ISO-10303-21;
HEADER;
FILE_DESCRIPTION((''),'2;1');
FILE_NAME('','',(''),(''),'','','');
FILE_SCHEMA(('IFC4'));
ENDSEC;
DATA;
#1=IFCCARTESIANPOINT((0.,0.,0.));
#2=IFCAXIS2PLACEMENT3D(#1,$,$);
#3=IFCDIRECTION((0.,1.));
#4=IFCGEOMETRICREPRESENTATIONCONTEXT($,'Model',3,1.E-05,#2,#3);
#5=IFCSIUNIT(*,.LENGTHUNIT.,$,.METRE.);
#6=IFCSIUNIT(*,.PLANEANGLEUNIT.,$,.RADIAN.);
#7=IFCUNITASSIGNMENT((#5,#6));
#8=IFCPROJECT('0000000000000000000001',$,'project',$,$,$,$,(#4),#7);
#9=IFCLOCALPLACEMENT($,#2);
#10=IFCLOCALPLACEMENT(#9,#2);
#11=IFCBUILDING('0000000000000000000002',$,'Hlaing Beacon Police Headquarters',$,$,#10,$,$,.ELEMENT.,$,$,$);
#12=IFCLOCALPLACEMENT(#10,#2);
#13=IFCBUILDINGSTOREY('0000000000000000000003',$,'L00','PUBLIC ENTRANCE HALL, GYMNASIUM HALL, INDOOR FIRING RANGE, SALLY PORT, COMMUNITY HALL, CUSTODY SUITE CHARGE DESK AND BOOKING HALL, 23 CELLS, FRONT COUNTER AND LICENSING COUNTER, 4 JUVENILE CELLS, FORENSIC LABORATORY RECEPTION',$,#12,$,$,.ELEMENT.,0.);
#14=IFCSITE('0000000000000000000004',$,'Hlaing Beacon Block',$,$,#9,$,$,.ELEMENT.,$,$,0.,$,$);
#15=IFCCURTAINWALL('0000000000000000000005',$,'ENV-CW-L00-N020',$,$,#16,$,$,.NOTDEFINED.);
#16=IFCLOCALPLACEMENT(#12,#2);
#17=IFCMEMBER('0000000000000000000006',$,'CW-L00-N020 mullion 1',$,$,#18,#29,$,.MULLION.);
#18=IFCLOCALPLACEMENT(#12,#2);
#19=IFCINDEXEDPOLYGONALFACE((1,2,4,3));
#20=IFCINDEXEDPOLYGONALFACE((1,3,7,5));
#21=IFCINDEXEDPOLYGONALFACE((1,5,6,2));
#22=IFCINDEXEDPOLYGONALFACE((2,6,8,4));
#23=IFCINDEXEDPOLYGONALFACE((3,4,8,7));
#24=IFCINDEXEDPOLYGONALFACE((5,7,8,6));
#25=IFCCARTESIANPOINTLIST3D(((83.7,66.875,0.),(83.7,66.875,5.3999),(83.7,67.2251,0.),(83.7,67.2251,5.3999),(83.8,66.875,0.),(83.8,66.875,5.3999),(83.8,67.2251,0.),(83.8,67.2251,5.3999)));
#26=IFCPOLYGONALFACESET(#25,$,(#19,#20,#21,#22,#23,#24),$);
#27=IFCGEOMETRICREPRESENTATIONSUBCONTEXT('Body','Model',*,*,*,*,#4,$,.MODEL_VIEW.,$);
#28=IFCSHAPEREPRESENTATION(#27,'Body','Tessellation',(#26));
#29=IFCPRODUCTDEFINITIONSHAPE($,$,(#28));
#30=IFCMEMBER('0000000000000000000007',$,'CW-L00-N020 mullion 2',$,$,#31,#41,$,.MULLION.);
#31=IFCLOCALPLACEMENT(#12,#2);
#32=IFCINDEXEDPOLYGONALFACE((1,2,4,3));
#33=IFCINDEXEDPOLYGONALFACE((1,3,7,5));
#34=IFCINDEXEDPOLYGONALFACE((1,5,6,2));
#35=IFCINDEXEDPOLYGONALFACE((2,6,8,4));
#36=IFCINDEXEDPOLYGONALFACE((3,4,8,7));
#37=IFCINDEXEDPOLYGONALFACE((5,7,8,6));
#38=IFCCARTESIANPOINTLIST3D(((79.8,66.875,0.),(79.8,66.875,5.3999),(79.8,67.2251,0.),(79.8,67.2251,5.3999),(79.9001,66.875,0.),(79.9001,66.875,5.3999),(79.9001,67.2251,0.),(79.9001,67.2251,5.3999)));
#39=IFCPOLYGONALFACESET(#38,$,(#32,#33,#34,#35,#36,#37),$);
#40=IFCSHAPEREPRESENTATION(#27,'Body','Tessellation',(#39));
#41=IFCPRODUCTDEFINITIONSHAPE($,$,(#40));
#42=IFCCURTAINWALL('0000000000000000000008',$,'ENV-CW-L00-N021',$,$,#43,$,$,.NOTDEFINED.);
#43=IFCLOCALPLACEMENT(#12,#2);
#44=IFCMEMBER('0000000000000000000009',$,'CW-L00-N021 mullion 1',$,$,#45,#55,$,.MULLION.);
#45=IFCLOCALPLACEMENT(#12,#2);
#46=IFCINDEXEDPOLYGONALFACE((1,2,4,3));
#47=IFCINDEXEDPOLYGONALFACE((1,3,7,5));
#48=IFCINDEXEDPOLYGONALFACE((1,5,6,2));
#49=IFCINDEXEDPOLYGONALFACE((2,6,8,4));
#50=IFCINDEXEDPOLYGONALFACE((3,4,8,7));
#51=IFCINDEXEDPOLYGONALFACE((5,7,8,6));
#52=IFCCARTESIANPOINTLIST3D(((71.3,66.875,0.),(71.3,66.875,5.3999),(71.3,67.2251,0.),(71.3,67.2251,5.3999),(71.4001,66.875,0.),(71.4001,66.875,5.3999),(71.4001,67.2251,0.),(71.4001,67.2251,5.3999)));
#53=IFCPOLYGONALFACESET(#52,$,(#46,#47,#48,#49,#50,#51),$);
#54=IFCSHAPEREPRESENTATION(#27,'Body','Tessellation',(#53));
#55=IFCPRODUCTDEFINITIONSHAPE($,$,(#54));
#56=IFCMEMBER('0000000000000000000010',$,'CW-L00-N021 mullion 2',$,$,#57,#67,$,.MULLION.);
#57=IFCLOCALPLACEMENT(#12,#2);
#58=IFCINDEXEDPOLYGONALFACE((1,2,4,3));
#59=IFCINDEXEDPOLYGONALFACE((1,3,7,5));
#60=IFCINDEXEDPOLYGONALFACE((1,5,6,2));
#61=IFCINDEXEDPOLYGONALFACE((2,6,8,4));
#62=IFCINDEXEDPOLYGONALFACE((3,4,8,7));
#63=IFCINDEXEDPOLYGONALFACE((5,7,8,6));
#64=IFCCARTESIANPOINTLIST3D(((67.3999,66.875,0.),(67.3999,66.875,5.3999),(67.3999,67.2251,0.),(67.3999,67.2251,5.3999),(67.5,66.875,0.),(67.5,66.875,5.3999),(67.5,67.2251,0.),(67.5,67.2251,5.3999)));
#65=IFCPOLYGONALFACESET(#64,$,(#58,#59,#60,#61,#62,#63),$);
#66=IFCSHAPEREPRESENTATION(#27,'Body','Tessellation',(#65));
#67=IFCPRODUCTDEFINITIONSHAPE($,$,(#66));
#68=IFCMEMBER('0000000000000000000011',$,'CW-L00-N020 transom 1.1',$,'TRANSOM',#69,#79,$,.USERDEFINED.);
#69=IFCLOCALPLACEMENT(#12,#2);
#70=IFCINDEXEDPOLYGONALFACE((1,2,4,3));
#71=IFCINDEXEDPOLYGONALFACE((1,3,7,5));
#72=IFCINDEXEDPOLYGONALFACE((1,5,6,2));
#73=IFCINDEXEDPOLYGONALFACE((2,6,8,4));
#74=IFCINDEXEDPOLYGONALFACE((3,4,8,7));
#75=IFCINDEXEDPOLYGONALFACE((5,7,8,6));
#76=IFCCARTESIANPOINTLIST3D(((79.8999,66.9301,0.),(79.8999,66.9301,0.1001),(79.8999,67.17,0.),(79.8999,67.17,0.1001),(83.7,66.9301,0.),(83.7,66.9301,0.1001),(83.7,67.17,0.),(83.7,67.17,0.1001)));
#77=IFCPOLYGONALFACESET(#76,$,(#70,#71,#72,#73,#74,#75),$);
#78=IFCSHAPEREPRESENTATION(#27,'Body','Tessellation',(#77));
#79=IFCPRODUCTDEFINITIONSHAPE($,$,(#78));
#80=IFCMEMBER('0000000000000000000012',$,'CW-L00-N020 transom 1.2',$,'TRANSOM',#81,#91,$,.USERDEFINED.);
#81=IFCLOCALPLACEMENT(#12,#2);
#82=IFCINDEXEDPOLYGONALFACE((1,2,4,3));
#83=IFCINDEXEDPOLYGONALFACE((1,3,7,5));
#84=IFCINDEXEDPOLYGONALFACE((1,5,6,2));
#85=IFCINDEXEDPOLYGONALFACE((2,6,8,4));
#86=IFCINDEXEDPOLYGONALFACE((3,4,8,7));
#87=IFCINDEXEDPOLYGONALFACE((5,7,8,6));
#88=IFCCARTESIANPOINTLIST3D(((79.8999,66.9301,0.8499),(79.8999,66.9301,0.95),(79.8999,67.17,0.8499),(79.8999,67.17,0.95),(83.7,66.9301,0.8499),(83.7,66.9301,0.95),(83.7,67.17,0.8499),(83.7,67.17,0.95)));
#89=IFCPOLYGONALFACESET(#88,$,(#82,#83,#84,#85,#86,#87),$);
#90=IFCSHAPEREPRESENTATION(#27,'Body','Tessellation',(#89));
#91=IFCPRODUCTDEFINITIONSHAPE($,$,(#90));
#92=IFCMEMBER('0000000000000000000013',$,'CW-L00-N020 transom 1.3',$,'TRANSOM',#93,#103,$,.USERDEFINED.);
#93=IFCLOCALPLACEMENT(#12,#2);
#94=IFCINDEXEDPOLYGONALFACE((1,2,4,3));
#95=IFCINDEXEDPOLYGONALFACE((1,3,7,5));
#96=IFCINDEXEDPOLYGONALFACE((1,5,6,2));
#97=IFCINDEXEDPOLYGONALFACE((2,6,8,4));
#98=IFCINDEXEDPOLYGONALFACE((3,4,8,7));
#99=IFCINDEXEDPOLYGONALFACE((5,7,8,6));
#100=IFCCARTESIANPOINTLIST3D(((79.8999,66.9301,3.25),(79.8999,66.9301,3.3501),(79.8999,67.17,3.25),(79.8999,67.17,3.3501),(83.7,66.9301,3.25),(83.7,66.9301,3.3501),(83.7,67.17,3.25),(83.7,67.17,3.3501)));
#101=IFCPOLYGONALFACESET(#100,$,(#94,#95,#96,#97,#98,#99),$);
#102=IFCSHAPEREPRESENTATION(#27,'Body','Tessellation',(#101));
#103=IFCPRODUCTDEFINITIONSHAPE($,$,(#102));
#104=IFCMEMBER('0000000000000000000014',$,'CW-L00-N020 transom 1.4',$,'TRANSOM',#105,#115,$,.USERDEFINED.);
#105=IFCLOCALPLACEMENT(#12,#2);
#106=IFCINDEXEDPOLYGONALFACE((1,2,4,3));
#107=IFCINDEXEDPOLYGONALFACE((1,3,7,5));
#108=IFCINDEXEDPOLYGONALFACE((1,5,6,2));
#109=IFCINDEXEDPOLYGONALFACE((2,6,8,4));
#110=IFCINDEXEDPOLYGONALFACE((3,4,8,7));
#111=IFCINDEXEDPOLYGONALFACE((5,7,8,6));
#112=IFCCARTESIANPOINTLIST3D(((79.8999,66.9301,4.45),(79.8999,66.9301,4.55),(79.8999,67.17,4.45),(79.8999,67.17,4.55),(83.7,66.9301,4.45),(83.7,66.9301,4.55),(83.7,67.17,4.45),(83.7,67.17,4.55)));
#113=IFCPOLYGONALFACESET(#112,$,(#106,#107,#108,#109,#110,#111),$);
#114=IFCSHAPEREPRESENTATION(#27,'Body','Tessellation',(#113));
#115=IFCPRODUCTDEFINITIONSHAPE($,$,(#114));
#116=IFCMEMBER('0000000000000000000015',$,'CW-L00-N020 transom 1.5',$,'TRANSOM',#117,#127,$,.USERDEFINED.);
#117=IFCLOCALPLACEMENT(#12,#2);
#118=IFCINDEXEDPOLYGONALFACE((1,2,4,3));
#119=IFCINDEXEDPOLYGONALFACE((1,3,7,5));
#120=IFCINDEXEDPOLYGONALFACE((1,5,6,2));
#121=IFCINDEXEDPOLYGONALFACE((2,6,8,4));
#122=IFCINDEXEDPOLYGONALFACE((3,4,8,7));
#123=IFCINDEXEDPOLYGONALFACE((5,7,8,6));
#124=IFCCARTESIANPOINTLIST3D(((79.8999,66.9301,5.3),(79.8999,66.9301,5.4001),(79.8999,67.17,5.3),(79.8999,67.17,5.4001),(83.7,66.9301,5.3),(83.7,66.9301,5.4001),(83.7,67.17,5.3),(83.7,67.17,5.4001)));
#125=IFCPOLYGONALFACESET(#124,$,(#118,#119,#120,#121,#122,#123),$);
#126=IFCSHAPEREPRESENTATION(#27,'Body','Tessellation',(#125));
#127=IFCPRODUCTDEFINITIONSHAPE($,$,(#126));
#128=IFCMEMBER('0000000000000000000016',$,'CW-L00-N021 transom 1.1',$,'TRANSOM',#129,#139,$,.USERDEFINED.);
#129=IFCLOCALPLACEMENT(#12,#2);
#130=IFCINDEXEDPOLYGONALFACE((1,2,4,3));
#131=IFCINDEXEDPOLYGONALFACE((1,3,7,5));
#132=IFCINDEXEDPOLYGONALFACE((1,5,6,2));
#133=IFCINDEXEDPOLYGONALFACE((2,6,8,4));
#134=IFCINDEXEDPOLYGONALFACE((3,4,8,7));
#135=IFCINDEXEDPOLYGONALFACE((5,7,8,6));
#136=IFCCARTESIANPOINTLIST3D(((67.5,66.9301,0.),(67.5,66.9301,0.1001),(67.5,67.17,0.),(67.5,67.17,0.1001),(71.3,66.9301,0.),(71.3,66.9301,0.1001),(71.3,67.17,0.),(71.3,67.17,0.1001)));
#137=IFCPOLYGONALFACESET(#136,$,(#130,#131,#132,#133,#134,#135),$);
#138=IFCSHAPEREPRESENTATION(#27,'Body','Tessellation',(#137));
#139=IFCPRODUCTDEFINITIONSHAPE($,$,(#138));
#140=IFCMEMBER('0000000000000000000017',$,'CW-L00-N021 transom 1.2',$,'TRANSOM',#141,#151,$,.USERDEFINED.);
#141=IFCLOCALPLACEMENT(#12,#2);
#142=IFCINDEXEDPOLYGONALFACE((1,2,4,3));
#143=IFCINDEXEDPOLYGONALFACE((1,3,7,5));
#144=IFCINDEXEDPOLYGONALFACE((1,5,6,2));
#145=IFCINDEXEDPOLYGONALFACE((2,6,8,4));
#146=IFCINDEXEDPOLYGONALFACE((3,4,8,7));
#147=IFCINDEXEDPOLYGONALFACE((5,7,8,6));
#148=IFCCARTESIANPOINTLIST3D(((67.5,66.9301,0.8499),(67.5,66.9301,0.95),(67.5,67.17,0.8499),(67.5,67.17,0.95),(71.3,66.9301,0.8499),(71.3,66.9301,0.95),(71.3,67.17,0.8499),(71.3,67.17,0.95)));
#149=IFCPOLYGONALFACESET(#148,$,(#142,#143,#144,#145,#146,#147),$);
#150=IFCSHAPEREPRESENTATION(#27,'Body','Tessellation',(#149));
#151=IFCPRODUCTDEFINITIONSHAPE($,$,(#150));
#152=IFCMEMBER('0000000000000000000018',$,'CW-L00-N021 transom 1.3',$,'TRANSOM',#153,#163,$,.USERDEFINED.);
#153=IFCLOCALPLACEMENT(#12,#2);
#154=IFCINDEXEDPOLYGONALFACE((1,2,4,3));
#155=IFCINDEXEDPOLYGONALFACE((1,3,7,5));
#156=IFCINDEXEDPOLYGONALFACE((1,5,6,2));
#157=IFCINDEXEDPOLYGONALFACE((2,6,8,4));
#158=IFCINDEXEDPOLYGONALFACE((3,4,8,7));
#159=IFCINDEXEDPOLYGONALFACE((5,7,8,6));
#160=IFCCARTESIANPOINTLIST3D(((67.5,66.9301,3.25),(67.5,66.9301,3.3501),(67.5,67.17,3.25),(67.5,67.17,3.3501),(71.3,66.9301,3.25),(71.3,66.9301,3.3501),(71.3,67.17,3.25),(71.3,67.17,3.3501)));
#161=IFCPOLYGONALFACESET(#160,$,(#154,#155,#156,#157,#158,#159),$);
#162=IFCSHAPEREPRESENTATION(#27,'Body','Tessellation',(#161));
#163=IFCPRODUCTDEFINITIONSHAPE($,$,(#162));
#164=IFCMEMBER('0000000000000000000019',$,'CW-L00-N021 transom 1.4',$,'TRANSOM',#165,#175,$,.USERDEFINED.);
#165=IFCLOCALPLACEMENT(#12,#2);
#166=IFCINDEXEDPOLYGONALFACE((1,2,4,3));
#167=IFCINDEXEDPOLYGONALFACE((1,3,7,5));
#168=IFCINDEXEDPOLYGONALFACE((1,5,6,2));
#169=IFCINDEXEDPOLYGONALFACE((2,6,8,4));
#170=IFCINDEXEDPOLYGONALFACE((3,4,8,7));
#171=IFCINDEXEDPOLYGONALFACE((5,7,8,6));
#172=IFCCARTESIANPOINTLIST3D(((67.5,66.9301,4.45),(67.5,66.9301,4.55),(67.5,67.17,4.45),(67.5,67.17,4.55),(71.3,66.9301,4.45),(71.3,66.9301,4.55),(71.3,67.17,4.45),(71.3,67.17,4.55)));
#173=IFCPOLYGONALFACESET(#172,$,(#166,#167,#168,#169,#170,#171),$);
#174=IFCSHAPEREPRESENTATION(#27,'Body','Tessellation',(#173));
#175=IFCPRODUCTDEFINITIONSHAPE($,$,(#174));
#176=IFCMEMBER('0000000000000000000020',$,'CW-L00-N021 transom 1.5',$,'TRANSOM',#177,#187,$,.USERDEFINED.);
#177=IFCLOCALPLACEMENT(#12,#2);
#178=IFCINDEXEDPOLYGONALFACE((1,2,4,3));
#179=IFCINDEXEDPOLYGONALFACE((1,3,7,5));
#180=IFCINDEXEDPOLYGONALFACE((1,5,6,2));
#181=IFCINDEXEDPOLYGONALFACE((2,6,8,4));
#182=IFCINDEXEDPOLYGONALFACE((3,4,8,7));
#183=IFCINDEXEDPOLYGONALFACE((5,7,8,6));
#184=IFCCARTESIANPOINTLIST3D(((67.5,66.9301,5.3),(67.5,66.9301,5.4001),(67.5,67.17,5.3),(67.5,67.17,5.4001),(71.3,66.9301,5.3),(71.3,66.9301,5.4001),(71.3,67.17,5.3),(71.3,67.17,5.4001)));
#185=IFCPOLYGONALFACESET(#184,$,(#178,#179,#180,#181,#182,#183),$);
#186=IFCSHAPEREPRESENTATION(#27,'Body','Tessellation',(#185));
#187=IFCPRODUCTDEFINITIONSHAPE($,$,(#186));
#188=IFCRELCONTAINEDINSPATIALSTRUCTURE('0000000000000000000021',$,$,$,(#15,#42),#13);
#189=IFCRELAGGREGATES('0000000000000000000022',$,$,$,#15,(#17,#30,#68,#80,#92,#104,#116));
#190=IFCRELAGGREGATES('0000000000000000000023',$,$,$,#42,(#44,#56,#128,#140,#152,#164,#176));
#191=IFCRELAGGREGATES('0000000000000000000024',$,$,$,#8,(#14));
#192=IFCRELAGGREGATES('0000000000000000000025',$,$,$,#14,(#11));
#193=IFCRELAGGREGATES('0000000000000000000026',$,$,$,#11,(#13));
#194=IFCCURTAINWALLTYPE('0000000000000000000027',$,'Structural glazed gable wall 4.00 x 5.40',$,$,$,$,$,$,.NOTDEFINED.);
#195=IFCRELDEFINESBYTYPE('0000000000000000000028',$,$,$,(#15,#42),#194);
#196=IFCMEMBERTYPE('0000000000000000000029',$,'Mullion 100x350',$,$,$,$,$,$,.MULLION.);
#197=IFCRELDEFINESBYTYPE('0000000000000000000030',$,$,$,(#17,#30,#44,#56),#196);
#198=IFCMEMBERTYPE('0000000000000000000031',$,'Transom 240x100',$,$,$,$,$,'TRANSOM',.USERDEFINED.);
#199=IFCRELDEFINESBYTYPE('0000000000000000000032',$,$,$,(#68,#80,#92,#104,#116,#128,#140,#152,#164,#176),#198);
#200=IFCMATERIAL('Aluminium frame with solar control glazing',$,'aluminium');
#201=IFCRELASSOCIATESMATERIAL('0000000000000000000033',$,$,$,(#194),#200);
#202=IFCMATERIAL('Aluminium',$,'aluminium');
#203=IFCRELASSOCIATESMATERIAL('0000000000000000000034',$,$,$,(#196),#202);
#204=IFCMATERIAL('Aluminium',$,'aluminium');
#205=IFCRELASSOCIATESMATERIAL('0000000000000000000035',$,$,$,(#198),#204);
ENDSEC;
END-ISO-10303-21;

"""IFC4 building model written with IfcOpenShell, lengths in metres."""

from ifc_helpers import new_model, si_unit, direction, frame, origin, origin_2d, place, context, subcontext, project, spatial, rectangle, extrude, material, material_profile, profile_set, type_object, element, aggregate, save


model = new_model("IFC4")

# Units and contexts
model_context = context("Model", 3, precision=1e-05, world=origin(), true_north=direction((0.0, 1.0)))
body_context = subcontext(model_context, "Body", "Model", "MODEL_VIEW")
ifc_project = project(units=[si_unit("LENGTHUNIT", "METRE"), si_unit("PLANEANGLEUNIT", "RADIAN")], contexts=[model_context])

# Site, building, storey
site_placement = place(None, origin())
site = spatial("IfcSite", under=ifc_project, at=site_placement, Name="Hlaing Beacon Block", CompositionType="ELEMENT", RefElevation=0.0)
building_placement = place(site_placement, origin())
building = spatial("IfcBuilding", under=site, at=building_placement, Name="Hlaing Beacon Police Headquarters", CompositionType="ELEMENT")
storey_placement = place(building_placement, origin())
storey = spatial("IfcBuildingStorey", under=building, at=storey_placement, Name="L00", Description="PUBLIC ENTRANCE HALL, GYMNASIUM HALL, INDOOR FIRING RANGE, SALLY PORT, COMMUNITY HALL, CUSTODY SUITE CHARGE DESK AND BOOKING HALL, 23 CELLS, FRONT COUNTER AND LICENSING COUNTER, 4 JUVENILE CELLS, FORENSIC LABORATORY RECEPTION", CompositionType="ELEMENT", Elevation=0.0)

# Curtain walls, members
ifc_material_1 = material(Name="Aluminium frame with solar control glazing", Category="aluminium")
curtain_wall_type = type_object("IfcCurtainWallType", Name="Structural glazed gable wall 4.00 x 5.40", PredefinedType="NOTDEFINED", material=ifc_material_1)
curtain_wall_1_placement = place(storey_placement, origin())
curtain_wall_1 = element("IfcCurtainWall", 1, at=curtain_wall_1_placement, inside=storey, type_object=curtain_wall_type, Name="ENV-CW-L00-N020", PredefinedType="NOTDEFINED")
ifc_material_2 = material(Name="Aluminium", Category="aluminium")
ifc_material_profile_1 = material_profile(ifc_material_2, rectangle(XDim=0.3501, YDim=0.1001, at=origin_2d()), Name="Mullion 100x350")
ifc_profile_set_1 = profile_set([ifc_material_profile_1], Name="Aluminium")
member_type_1 = type_object("IfcMemberType", Name="Mullion 100x350", PredefinedType="MULLION", material=ifc_profile_set_1)
member_1_placement = place(storey_placement, frame((83.75, 67.05, 0.0), z_axis=(0.0, 0.0, 1.0), x_axis=(0.0, -1.0, 0.0)))
member_1 = element("IfcMember", 2, at=member_1_placement, type_object=member_type_1, Name="CW-L00-N020 mullion 1", PredefinedType="MULLION", context=body_context, shape_type="SweptSolid", body=[
    extrude(rectangle(XDim=0.3501, YDim=0.1001, at=origin_2d()), origin(), (0.0, 0.0, 1.0), 5.3999),
])
member_2_placement = place(storey_placement, frame((79.8501, 67.05, 0.0), z_axis=(0.0, 0.0, 1.0), x_axis=(0.0, -1.0, 0.0)))
member_2 = element("IfcMember", 3, at=member_2_placement, type_object=member_type_1, Name="CW-L00-N020 mullion 2", PredefinedType="MULLION", context=body_context, shape_type="SweptSolid", body=[
    extrude(rectangle(XDim=0.3501, YDim=0.1001, at=origin_2d()), origin(), (0.0, 0.0, 1.0), 5.3999),
])
curtain_wall_2_placement = place(storey_placement, origin())
curtain_wall_2 = element("IfcCurtainWall", 4, at=curtain_wall_2_placement, inside=storey, type_object=curtain_wall_type, Name="ENV-CW-L00-N021", PredefinedType="NOTDEFINED")
member_3_placement = place(storey_placement, frame((71.3501, 67.05, 0.0), z_axis=(0.0, 0.0, 1.0), x_axis=(0.0, -1.0, 0.0)))
member_3 = element("IfcMember", 5, at=member_3_placement, type_object=member_type_1, Name="CW-L00-N021 mullion 1", PredefinedType="MULLION", context=body_context, shape_type="SweptSolid", body=[
    extrude(rectangle(XDim=0.3501, YDim=0.1001, at=origin_2d()), origin(), (0.0, 0.0, 1.0), 5.3999),
])
member_4_placement = place(storey_placement, frame((67.45, 67.05, 0.0), z_axis=(0.0, 0.0, 1.0), x_axis=(0.0, -1.0, 0.0)))
member_4 = element("IfcMember", 6, at=member_4_placement, type_object=member_type_1, Name="CW-L00-N021 mullion 2", PredefinedType="MULLION", context=body_context, shape_type="SweptSolid", body=[
    extrude(rectangle(XDim=0.3501, YDim=0.1001, at=origin_2d()), origin(), (0.0, 0.0, 1.0), 5.3999),
])

# Members
ifc_material_3 = material(Name="Aluminium", Category="aluminium")
ifc_material_profile_2 = material_profile(ifc_material_3, rectangle(XDim=0.24, YDim=0.1001, at=origin_2d()), Name="Transom 240x100")
ifc_profile_set_2 = profile_set([ifc_material_profile_2], Name="Aluminium")
member_type_2 = type_object("IfcMemberType", Name="Transom 240x100", ElementType="TRANSOM", PredefinedType="USERDEFINED", material=ifc_profile_set_2)
member_5_placement = place(storey_placement, frame((83.7, 67.05, 0.05), z_axis=(-1.0, 0.0, 0.0), x_axis=(0.0, -1.0, 0.0)))
member_5 = element("IfcMember", 7, at=member_5_placement, type_object=member_type_2, Name="CW-L00-N020 transom 1.1", ObjectType="TRANSOM", PredefinedType="USERDEFINED", context=body_context, shape_type="SweptSolid", body=[
    extrude(rectangle(XDim=0.24, YDim=0.1001, at=origin_2d()), origin(), (0.0, 0.0, 1.0), 3.8),
])
member_6_placement = place(storey_placement, frame((83.7, 67.05, 0.8999), z_axis=(-1.0, 0.0, 0.0), x_axis=(0.0, -1.0, 0.0)))
member_6 = element("IfcMember", 8, at=member_6_placement, type_object=member_type_2, Name="CW-L00-N020 transom 1.2", ObjectType="TRANSOM", PredefinedType="USERDEFINED", context=body_context, shape_type="SweptSolid", body=[
    extrude(rectangle(XDim=0.24, YDim=0.1001, at=origin_2d()), origin(), (0.0, 0.0, 1.0), 3.8),
])
member_7_placement = place(storey_placement, frame((83.7, 67.05, 3.3), z_axis=(-1.0, 0.0, 0.0), x_axis=(0.0, -1.0, 0.0)))
member_7 = element("IfcMember", 9, at=member_7_placement, type_object=member_type_2, Name="CW-L00-N020 transom 1.3", ObjectType="TRANSOM", PredefinedType="USERDEFINED", context=body_context, shape_type="SweptSolid", body=[
    extrude(rectangle(XDim=0.24, YDim=0.1001, at=origin_2d()), origin(), (0.0, 0.0, 1.0), 3.8),
])
member_8_placement = place(storey_placement, frame((83.7, 67.05, 4.5), z_axis=(-1.0, 0.0, 0.0), x_axis=(0.0, -1.0, 0.0)))
member_8 = element("IfcMember", 10, at=member_8_placement, type_object=member_type_2, Name="CW-L00-N020 transom 1.4", ObjectType="TRANSOM", PredefinedType="USERDEFINED", context=body_context, shape_type="SweptSolid", body=[
    extrude(rectangle(XDim=0.24, YDim=0.1001, at=origin_2d()), origin(), (0.0, 0.0, 1.0), 3.8),
])
member_9_placement = place(storey_placement, frame((83.7, 67.05, 5.3501), z_axis=(-1.0, 0.0, 0.0), x_axis=(0.0, -1.0, 0.0)))
member_9 = element("IfcMember", 11, at=member_9_placement, type_object=member_type_2, Name="CW-L00-N020 transom 1.5", ObjectType="TRANSOM", PredefinedType="USERDEFINED", context=body_context, shape_type="SweptSolid", body=[
    extrude(rectangle(XDim=0.24, YDim=0.1001, at=origin_2d()), origin(), (0.0, 0.0, 1.0), 3.8),
])
member_10_placement = place(storey_placement, frame((71.3, 67.05, 0.05), z_axis=(-1.0, 0.0, 0.0), x_axis=(0.0, -1.0, 0.0)))
member_10 = element("IfcMember", 12, at=member_10_placement, type_object=member_type_2, Name="CW-L00-N021 transom 1.1", ObjectType="TRANSOM", PredefinedType="USERDEFINED", context=body_context, shape_type="SweptSolid", body=[
    extrude(rectangle(XDim=0.24, YDim=0.1001, at=origin_2d()), origin(), (0.0, 0.0, 1.0), 3.8),
])
member_11_placement = place(storey_placement, frame((71.3, 67.05, 0.8999), z_axis=(-1.0, 0.0, 0.0), x_axis=(0.0, -1.0, 0.0)))
member_11 = element("IfcMember", 13, at=member_11_placement, type_object=member_type_2, Name="CW-L00-N021 transom 1.2", ObjectType="TRANSOM", PredefinedType="USERDEFINED", context=body_context, shape_type="SweptSolid", body=[
    extrude(rectangle(XDim=0.24, YDim=0.1001, at=origin_2d()), origin(), (0.0, 0.0, 1.0), 3.8),
])
member_12_placement = place(storey_placement, frame((71.3, 67.05, 3.3), z_axis=(-1.0, 0.0, 0.0), x_axis=(0.0, -1.0, 0.0)))
member_12 = element("IfcMember", 14, at=member_12_placement, type_object=member_type_2, Name="CW-L00-N021 transom 1.3", ObjectType="TRANSOM", PredefinedType="USERDEFINED", context=body_context, shape_type="SweptSolid", body=[
    extrude(rectangle(XDim=0.24, YDim=0.1001, at=origin_2d()), origin(), (0.0, 0.0, 1.0), 3.8),
])
member_13_placement = place(storey_placement, frame((71.3, 67.05, 4.5), z_axis=(-1.0, 0.0, 0.0), x_axis=(0.0, -1.0, 0.0)))
member_13 = element("IfcMember", 15, at=member_13_placement, type_object=member_type_2, Name="CW-L00-N021 transom 1.4", ObjectType="TRANSOM", PredefinedType="USERDEFINED", context=body_context, shape_type="SweptSolid", body=[
    extrude(rectangle(XDim=0.24, YDim=0.1001, at=origin_2d()), origin(), (0.0, 0.0, 1.0), 3.8),
])
member_14_placement = place(storey_placement, frame((71.3, 67.05, 5.3501), z_axis=(-1.0, 0.0, 0.0), x_axis=(0.0, -1.0, 0.0)))
member_14 = element("IfcMember", 16, at=member_14_placement, type_object=member_type_2, Name="CW-L00-N021 transom 1.5", ObjectType="TRANSOM", PredefinedType="USERDEFINED", context=body_context, shape_type="SweptSolid", body=[
    extrude(rectangle(XDim=0.24, YDim=0.1001, at=origin_2d()), origin(), (0.0, 0.0, 1.0), 3.8),
])

aggregate(curtain_wall_1, [member_1, member_2, member_5, member_6, member_7, member_8, member_9])
aggregate(curtain_wall_2, [member_3, member_4, member_10, member_11, member_12, member_13, member_14])

save(model, "model.ifc")
